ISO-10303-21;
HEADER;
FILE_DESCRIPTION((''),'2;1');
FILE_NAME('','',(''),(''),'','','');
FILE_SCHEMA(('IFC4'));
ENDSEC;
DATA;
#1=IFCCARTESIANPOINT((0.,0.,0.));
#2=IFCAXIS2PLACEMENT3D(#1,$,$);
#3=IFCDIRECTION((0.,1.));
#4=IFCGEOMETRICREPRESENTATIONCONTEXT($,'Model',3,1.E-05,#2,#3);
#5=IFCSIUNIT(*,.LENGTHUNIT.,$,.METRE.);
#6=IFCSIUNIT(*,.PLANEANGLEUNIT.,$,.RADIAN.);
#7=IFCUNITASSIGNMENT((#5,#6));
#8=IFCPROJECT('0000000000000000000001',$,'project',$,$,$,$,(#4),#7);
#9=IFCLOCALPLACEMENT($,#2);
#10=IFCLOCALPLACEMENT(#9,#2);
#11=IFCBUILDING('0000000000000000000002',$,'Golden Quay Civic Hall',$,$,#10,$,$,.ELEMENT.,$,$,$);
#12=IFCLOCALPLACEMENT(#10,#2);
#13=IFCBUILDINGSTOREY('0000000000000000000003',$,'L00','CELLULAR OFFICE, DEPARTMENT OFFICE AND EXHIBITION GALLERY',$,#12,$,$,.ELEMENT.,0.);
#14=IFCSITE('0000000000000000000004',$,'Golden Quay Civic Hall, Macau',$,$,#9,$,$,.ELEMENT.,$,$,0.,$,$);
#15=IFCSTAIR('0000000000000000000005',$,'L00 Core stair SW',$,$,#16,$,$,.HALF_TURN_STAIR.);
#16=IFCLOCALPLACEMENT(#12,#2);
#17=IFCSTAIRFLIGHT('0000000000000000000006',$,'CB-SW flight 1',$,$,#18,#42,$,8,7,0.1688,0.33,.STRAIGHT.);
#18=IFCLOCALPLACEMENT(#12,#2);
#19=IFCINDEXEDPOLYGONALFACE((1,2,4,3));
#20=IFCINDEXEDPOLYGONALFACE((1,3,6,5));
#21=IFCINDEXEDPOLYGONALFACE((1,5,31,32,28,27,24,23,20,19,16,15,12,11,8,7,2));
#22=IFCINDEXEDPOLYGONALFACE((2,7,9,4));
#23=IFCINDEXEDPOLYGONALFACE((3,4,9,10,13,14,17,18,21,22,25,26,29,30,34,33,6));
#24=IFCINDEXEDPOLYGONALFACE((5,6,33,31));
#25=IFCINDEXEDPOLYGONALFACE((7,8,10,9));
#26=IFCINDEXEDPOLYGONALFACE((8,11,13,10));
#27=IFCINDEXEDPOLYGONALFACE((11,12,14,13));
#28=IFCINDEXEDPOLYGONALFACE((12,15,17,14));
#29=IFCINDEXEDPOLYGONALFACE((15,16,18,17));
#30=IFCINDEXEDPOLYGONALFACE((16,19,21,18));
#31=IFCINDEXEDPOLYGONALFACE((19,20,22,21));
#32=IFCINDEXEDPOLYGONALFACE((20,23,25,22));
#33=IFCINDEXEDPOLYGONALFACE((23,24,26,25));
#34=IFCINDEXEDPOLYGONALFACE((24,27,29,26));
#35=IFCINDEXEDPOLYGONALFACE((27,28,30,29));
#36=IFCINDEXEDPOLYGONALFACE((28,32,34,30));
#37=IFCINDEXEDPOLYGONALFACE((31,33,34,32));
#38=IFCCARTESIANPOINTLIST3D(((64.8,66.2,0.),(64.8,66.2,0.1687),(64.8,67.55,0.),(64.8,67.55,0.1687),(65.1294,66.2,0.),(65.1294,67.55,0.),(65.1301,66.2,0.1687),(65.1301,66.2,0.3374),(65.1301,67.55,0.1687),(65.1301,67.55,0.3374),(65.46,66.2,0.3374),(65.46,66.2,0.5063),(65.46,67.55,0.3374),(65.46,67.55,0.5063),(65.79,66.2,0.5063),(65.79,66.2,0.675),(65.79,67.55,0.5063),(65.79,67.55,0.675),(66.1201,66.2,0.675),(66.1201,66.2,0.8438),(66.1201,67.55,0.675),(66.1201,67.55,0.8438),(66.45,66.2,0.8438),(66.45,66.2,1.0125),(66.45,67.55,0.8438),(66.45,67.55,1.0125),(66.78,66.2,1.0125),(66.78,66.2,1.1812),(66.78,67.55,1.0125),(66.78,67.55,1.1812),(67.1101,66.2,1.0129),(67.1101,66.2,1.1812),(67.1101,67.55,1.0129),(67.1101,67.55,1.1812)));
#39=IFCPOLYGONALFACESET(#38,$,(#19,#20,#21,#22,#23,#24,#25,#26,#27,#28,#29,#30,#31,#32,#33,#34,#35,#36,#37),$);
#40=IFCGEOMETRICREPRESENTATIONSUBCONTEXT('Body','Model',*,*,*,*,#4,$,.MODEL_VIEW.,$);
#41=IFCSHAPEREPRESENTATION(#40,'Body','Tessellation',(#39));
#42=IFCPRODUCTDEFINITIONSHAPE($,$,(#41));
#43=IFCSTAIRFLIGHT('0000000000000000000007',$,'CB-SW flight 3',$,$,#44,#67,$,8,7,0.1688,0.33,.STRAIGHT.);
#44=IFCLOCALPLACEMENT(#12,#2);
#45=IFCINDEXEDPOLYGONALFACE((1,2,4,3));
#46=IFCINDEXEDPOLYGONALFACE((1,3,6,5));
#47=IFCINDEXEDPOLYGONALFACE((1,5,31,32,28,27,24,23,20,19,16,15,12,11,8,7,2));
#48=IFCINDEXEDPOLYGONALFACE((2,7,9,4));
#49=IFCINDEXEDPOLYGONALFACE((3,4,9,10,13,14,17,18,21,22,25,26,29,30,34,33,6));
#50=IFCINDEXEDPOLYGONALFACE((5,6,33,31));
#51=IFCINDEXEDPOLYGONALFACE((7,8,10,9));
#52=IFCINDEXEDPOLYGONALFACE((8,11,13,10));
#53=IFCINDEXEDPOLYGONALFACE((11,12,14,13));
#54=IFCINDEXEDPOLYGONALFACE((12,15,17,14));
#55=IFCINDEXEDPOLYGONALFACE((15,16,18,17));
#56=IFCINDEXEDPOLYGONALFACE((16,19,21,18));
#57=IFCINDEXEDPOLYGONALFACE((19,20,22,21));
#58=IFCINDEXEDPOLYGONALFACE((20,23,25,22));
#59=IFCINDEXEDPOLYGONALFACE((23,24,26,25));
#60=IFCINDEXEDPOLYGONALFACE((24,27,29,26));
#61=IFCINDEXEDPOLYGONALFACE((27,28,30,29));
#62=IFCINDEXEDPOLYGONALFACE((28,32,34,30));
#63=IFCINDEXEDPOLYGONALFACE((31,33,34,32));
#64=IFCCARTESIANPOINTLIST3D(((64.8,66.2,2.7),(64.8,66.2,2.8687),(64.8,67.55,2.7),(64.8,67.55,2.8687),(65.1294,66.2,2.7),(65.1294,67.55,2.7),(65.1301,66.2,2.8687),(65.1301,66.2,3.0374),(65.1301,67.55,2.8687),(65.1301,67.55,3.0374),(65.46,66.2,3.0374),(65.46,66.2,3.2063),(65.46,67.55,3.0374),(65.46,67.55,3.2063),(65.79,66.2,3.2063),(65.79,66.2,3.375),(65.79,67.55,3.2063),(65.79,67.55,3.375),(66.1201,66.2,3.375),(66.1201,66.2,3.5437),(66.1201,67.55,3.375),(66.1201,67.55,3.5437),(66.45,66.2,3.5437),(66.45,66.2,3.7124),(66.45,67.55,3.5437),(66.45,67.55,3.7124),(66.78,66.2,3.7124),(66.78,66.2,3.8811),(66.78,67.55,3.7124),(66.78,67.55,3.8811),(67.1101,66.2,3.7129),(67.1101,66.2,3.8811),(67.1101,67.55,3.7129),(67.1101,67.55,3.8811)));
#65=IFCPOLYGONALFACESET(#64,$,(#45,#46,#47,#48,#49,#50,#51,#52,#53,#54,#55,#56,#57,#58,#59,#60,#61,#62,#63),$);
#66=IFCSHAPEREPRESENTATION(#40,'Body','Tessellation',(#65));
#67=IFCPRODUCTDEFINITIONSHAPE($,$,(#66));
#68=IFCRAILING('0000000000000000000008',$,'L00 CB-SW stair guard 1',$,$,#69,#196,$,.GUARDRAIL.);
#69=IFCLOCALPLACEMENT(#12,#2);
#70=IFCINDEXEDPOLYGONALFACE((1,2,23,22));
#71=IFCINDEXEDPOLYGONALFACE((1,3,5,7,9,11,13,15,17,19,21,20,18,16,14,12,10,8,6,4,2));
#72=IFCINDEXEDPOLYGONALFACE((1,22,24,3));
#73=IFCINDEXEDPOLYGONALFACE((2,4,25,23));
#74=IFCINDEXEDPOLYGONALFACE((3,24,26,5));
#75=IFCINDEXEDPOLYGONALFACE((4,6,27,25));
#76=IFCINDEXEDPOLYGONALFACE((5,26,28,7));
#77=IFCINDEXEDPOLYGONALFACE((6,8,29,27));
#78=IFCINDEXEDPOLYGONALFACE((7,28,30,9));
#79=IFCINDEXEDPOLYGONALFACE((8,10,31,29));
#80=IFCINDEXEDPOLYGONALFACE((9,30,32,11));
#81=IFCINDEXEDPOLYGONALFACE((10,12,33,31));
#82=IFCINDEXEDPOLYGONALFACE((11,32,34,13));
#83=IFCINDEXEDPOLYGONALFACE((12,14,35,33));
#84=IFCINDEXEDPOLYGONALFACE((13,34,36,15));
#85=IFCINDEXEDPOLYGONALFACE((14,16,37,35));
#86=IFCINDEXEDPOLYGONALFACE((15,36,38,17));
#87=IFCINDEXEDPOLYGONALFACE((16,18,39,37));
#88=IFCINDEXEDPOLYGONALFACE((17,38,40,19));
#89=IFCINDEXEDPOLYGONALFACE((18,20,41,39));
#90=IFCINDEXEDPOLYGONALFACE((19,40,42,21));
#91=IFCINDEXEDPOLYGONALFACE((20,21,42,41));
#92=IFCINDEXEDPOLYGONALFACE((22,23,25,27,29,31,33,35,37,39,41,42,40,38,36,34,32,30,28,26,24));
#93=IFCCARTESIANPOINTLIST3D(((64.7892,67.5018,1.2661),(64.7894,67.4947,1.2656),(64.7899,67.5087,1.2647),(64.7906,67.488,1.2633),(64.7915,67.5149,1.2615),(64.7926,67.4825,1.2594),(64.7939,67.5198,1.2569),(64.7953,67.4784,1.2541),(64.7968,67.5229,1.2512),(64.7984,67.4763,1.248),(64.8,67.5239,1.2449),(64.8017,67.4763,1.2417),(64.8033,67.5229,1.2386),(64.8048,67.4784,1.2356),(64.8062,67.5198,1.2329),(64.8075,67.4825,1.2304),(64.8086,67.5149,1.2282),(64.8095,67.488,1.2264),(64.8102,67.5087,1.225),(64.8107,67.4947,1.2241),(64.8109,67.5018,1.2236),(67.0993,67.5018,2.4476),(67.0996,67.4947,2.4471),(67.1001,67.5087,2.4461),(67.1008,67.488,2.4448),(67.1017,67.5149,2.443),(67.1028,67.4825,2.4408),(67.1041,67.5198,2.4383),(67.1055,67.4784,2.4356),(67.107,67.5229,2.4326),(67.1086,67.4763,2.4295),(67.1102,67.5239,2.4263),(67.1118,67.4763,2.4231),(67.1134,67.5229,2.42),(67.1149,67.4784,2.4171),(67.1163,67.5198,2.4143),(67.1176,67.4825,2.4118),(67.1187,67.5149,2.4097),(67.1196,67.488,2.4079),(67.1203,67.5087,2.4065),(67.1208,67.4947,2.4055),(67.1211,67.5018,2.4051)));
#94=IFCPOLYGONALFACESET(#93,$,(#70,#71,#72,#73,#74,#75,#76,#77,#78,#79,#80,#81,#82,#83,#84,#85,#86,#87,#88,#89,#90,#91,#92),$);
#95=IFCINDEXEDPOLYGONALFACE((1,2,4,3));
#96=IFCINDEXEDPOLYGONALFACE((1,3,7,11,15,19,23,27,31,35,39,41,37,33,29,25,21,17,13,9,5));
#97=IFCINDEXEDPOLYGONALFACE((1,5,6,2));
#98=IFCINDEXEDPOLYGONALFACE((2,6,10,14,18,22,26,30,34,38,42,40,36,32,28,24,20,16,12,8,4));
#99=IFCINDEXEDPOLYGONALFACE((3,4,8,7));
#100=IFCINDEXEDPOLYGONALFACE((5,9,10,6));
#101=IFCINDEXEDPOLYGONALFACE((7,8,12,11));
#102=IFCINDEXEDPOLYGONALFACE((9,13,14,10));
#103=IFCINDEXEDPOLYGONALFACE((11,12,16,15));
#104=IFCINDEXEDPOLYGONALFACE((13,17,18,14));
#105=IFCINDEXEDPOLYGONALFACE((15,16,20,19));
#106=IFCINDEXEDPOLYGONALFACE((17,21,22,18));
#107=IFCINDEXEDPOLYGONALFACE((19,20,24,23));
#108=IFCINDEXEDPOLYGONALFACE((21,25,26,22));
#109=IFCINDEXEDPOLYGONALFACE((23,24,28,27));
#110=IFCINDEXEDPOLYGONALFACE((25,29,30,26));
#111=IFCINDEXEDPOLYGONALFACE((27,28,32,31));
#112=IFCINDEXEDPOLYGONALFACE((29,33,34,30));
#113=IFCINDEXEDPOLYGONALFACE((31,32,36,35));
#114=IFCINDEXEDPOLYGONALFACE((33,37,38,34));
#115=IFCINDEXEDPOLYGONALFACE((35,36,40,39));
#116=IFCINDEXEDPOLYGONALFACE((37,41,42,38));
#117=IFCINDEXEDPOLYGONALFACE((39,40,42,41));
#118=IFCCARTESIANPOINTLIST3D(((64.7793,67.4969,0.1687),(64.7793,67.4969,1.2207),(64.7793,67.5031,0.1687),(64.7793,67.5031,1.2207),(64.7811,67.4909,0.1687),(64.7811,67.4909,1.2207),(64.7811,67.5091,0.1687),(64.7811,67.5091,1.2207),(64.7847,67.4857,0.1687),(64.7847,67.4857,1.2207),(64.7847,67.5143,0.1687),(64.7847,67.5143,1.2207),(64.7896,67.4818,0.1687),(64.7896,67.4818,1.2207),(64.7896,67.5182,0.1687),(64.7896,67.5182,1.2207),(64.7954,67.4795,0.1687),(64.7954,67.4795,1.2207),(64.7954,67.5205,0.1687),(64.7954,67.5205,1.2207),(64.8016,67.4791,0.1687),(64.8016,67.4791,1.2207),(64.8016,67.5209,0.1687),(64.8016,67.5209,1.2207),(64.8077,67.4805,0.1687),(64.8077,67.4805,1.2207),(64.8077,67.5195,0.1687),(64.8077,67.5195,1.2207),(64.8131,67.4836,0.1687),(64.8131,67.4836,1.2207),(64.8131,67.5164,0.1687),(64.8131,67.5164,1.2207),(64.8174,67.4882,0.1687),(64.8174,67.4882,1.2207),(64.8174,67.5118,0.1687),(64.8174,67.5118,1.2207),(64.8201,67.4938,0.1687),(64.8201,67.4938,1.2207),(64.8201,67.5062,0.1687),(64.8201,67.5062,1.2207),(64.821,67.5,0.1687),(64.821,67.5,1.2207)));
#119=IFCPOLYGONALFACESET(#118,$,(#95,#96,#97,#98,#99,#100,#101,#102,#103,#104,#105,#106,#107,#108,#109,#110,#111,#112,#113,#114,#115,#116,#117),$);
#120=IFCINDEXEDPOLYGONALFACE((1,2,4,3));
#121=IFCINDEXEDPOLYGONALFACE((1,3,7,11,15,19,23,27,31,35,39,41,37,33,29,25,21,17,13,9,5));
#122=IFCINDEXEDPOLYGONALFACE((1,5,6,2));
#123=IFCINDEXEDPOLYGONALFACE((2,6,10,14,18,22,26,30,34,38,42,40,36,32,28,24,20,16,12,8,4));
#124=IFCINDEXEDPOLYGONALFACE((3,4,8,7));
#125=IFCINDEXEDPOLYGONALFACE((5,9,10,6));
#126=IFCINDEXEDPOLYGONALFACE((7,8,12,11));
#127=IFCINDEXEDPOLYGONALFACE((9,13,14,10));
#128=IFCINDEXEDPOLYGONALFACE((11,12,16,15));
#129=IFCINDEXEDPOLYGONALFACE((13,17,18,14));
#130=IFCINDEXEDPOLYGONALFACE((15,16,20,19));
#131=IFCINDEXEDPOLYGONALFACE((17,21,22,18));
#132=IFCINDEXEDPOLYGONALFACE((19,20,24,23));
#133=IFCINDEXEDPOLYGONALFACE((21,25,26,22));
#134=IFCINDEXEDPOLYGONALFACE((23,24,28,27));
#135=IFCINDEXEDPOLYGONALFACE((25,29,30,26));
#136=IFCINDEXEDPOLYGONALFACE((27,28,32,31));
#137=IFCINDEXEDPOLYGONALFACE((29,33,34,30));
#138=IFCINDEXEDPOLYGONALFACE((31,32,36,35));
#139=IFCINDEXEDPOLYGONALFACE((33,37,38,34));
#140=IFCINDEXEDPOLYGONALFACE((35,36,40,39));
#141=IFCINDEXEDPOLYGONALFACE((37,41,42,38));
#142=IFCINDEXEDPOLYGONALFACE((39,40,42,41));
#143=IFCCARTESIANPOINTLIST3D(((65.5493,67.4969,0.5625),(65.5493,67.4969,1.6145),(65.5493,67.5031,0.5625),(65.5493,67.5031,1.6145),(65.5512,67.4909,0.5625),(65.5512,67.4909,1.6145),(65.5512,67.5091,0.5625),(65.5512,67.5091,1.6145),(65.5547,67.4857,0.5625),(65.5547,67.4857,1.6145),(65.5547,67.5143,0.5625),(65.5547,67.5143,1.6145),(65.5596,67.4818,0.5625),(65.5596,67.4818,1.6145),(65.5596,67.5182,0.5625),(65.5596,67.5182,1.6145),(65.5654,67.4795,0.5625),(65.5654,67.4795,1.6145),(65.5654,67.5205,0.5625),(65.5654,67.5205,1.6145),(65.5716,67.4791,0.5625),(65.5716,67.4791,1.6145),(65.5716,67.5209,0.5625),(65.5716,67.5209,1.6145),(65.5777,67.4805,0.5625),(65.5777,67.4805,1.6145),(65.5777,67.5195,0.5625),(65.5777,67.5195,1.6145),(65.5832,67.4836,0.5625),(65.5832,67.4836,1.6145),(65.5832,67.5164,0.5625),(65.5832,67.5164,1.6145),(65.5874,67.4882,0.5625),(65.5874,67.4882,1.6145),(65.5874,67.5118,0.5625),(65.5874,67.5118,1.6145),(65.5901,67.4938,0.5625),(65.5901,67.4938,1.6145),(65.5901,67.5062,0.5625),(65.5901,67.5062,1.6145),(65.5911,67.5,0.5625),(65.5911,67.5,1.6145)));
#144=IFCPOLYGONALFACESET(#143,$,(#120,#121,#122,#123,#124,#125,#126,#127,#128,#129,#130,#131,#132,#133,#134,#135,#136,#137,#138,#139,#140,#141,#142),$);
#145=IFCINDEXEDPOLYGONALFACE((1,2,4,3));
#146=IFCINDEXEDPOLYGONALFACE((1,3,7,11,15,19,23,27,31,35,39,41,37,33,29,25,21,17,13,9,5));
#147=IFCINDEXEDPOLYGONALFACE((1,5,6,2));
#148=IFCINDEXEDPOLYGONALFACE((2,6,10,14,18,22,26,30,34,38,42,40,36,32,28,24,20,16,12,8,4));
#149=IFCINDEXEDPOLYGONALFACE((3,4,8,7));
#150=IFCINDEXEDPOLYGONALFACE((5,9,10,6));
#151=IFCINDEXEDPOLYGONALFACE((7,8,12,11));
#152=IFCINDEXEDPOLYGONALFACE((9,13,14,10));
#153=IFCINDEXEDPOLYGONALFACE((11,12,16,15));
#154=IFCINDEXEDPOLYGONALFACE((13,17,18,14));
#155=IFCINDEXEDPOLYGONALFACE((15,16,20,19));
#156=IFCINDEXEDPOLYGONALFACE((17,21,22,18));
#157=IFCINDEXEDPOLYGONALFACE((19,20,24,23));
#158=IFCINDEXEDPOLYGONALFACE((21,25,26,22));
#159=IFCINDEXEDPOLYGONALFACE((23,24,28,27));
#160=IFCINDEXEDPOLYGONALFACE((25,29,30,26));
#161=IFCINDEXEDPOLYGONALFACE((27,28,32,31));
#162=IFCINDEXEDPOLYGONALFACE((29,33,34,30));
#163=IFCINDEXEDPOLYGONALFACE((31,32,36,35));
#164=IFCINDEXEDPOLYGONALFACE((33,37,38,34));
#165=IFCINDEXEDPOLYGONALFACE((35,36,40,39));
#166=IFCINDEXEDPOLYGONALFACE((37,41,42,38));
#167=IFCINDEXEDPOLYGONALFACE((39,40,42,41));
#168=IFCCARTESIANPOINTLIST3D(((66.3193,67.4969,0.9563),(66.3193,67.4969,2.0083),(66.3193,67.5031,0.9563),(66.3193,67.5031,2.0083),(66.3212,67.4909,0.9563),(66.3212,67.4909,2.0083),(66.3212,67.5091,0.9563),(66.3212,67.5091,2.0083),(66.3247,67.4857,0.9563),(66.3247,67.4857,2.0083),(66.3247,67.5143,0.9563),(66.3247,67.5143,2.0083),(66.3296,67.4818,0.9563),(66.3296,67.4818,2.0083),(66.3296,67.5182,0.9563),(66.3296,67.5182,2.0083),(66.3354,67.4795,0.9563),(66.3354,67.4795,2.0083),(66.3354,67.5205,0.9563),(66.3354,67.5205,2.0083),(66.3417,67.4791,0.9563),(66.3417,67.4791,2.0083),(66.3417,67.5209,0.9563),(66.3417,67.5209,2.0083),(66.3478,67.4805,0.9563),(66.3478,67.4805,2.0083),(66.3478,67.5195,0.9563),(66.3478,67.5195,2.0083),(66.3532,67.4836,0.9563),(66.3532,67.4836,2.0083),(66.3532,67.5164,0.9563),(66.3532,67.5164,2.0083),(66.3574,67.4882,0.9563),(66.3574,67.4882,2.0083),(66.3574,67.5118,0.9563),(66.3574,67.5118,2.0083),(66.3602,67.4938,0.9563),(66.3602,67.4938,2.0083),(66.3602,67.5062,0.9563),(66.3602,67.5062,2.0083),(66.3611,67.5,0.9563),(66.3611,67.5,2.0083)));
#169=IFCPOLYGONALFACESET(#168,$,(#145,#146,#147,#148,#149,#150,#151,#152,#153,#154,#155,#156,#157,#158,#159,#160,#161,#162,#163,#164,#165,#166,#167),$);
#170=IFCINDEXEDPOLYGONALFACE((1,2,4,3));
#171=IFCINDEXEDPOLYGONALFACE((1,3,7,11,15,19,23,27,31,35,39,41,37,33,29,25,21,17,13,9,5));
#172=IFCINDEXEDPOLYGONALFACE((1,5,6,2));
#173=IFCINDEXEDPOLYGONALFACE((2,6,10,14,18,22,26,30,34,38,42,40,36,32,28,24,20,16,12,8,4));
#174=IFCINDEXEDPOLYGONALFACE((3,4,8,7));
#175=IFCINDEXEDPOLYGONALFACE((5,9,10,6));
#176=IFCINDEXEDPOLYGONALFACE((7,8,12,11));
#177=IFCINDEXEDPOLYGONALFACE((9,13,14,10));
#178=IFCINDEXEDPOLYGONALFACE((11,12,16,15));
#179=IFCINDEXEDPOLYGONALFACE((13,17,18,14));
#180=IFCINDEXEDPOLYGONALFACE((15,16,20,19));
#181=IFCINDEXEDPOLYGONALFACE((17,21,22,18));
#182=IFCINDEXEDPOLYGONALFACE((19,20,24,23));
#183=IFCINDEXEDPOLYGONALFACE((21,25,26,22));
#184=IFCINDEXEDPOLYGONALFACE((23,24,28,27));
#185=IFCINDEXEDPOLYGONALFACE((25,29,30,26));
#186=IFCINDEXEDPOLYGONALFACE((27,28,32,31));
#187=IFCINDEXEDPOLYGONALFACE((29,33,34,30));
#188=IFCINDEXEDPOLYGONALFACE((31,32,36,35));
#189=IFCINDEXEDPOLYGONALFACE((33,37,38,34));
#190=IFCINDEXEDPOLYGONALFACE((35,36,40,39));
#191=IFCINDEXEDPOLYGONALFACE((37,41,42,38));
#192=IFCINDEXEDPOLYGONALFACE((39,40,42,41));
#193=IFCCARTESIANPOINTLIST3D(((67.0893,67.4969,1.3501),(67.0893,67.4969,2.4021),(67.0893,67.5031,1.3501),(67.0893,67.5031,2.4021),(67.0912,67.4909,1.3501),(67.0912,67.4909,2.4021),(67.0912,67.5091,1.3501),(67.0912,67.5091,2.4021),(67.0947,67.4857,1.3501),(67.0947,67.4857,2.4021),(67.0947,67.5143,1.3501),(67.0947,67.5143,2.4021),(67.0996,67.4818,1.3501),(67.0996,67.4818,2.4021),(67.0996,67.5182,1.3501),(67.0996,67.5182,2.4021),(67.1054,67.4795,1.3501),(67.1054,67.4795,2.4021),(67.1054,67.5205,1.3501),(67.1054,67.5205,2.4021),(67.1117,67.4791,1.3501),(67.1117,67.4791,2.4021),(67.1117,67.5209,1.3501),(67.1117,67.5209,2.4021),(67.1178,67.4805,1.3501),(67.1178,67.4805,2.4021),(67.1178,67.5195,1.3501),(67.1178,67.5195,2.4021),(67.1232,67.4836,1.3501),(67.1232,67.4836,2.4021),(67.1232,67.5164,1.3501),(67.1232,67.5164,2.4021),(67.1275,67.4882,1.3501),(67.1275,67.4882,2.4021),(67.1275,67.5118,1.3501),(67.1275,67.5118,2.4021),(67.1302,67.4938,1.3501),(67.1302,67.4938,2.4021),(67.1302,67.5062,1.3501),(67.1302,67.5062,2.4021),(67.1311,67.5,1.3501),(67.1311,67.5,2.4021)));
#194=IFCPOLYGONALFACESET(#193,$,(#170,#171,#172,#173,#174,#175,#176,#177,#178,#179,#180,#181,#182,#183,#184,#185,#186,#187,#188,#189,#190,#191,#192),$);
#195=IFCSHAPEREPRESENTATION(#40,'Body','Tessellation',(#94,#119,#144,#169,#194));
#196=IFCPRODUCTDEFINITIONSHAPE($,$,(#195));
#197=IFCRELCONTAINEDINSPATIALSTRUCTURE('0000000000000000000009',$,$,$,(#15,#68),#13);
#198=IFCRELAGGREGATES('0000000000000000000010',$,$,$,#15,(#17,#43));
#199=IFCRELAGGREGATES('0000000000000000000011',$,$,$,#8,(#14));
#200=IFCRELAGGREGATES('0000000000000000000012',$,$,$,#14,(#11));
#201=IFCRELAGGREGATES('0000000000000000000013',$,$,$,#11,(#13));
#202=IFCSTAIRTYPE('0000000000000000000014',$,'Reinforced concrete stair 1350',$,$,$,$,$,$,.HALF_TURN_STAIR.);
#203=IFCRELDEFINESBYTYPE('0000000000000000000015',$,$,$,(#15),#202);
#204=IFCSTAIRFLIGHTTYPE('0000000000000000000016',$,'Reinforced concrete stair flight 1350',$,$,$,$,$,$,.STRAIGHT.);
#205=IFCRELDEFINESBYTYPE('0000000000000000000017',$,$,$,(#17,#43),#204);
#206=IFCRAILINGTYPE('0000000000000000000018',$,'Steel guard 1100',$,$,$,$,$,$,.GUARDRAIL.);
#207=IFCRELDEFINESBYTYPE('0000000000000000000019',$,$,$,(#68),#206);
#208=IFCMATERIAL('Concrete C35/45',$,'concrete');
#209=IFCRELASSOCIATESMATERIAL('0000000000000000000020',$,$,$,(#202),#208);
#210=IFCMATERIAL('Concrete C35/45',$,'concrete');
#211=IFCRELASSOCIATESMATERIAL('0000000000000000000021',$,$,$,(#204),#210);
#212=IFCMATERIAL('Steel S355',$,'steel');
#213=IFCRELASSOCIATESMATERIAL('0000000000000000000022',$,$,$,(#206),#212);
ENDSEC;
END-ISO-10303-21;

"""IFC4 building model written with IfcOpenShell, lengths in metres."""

from ifc_helpers import new_model, si_unit, direction, frame, origin, origin_2d, place, context, subcontext, project, spatial, polyline, circle, outline, extrude, material, type_object, element, aggregate, save


model = new_model("IFC4")

# Units and contexts
model_context = context("Model", 3, precision=1e-05, world=origin(), true_north=direction((0.0, 1.0)))
body_context = subcontext(model_context, "Body", "Model", "MODEL_VIEW")
ifc_project = project(units=[si_unit("LENGTHUNIT", "METRE"), si_unit("PLANEANGLEUNIT", "RADIAN")], contexts=[model_context])

# Site, building, storey
site_placement = place(None, origin())
site = spatial("IfcSite", under=ifc_project, at=site_placement, Name="Golden Quay Civic Hall, Macau", CompositionType="ELEMENT", RefElevation=0.0)
building_placement = place(site_placement, origin())
building = spatial("IfcBuilding", under=site, at=building_placement, Name="Golden Quay Civic Hall", CompositionType="ELEMENT")
storey_placement = place(building_placement, origin())
storey = spatial("IfcBuildingStorey", under=building, at=storey_placement, Name="L00", Description="CELLULAR OFFICE, DEPARTMENT OFFICE AND EXHIBITION GALLERY", CompositionType="ELEMENT", Elevation=0.0)

# Stair, stair flights
ifc_material_1 = material(Name="Concrete C35/45", Category="concrete")
stair_type = type_object("IfcStairType", Name="Reinforced concrete stair 1350", PredefinedType="HALF_TURN_STAIR", material=ifc_material_1)
stair_placement = place(storey_placement, origin())
stair = element("IfcStair", 1, at=stair_placement, inside=storey, type_object=stair_type, Name="L00 Core stair SW", PredefinedType="HALF_TURN_STAIR")
ifc_material_2 = material(Name="Concrete C35/45", Category="concrete")
stair_flight_type = type_object("IfcStairFlightType", Name="Reinforced concrete stair flight 1350", PredefinedType="STRAIGHT", material=ifc_material_2)
stair_flight_1_placement = place(storey_placement, frame((64.8, 66.875, 0.0), z_axis=(0.0, 0.0, 1.0), x_axis=(1.0, 0.0, 0.0)))
stair_flight_1 = element("IfcStairFlight", 2, at=stair_flight_1_placement, type_object=stair_flight_type, Name="CB-SW flight 1", NumberOfRisers=8, NumberOfTreads=7, PredefinedType="STRAIGHT", RiserHeight=0.1688, TreadLength=0.33, context=body_context, shape_type="SweptSolid", body=[
    extrude(outline(polyline([(0.0, 0.0), (0.0, 0.1687), (0.3301, 0.1687), (0.3301, 0.3374), (0.6599, 0.3374), (0.6599, 0.5063), (0.99, 0.5063), (0.99, 0.675), (1.3201, 0.675), (1.3201, 0.8438), (1.6499, 0.8438), (1.6499, 1.0125), (1.98, 1.0125), (1.98, 1.1812), (2.3101, 1.1812), (2.3101, 1.3501), (2.3101, 1.0129), (0.3293, 0.0), (0.0, 0.0)])), frame((0.0, 0.675, 0.0), z_axis=(0.0, -1.0, 0.0), x_axis=(1.0, 0.0, 0.0)), (0.0, 0.0, 1.0), 1.35),
])
stair_flight_2_placement = place(storey_placement, frame((64.8, 66.875, 2.7), z_axis=(0.0, 0.0, 1.0), x_axis=(1.0, 0.0, 0.0)))
stair_flight_2 = element("IfcStairFlight", 3, at=stair_flight_2_placement, type_object=stair_flight_type, Name="CB-SW flight 3", NumberOfRisers=8, NumberOfTreads=7, PredefinedType="STRAIGHT", RiserHeight=0.1688, TreadLength=0.33, context=body_context, shape_type="SweptSolid", body=[
    extrude(outline(polyline([(0.0, 0.0), (0.0, 0.1687), (0.3301, 0.1687), (0.3301, 0.3374), (0.6599, 0.3374), (0.6599, 0.5063), (0.99, 0.5063), (0.99, 0.675), (1.3201, 0.675), (1.3201, 0.8438), (1.6499, 0.8438), (1.6499, 1.0125), (1.98, 1.0125), (1.98, 1.1812), (2.3101, 1.1812), (2.3101, 1.3501), (2.3101, 1.0129), (0.3293, 0.0), (0.0, 0.0)])), frame((0.0, 0.675, 0.0), z_axis=(0.0, -1.0, 0.0), x_axis=(1.0, 0.0, 0.0)), (0.0, 0.0, 1.0), 1.35),
])
aggregate(stair, [stair_flight_1, stair_flight_2])

# Railing
ifc_material_3 = material(Name="Steel S355", Category="steel")
railing_type_1 = type_object("IfcRailingType", Name="Steel guard 1100", PredefinedType="GUARDRAIL", material=ifc_material_3)
railing_1_placement = place(storey_placement, frame((64.8, 67.5, 0.1687)))
element("IfcRailing", 4, at=railing_1_placement, inside=storey, type_object=railing_type_1, Name="L00 CB-SW stair guard 1", PredefinedType="GUARDRAIL", context=body_context, shape_type="SweptSolid", body=[
    extrude(circle(Radius=0.0239, at=origin_2d()), frame((0.0, 0.0, 1.0762), z_axis=(0.890325, 0.0, 0.455325), x_axis=(0.0, 1.0, 0.0)), (0.0, 0.0, 1.0), 2.5947),
    extrude(circle(Radius=0.021, at=origin_2d()), origin(), (0.0, 0.0, 1.0), 1.052),
    extrude(circle(Radius=0.021, at=origin_2d()), frame((0.77, 0.0, 0.3938)), (0.0, 0.0, 1.0), 1.052),
    extrude(circle(Radius=0.021, at=origin_2d()), frame((1.54, 0.0, 0.7876)), (0.0, 0.0, 1.0), 1.052),
    extrude(circle(Radius=0.021, at=origin_2d()), frame((2.3101, 0.0, 1.1814)), (0.0, 0.0, 1.0), 1.052),
])

save(model, "model.ifc")
